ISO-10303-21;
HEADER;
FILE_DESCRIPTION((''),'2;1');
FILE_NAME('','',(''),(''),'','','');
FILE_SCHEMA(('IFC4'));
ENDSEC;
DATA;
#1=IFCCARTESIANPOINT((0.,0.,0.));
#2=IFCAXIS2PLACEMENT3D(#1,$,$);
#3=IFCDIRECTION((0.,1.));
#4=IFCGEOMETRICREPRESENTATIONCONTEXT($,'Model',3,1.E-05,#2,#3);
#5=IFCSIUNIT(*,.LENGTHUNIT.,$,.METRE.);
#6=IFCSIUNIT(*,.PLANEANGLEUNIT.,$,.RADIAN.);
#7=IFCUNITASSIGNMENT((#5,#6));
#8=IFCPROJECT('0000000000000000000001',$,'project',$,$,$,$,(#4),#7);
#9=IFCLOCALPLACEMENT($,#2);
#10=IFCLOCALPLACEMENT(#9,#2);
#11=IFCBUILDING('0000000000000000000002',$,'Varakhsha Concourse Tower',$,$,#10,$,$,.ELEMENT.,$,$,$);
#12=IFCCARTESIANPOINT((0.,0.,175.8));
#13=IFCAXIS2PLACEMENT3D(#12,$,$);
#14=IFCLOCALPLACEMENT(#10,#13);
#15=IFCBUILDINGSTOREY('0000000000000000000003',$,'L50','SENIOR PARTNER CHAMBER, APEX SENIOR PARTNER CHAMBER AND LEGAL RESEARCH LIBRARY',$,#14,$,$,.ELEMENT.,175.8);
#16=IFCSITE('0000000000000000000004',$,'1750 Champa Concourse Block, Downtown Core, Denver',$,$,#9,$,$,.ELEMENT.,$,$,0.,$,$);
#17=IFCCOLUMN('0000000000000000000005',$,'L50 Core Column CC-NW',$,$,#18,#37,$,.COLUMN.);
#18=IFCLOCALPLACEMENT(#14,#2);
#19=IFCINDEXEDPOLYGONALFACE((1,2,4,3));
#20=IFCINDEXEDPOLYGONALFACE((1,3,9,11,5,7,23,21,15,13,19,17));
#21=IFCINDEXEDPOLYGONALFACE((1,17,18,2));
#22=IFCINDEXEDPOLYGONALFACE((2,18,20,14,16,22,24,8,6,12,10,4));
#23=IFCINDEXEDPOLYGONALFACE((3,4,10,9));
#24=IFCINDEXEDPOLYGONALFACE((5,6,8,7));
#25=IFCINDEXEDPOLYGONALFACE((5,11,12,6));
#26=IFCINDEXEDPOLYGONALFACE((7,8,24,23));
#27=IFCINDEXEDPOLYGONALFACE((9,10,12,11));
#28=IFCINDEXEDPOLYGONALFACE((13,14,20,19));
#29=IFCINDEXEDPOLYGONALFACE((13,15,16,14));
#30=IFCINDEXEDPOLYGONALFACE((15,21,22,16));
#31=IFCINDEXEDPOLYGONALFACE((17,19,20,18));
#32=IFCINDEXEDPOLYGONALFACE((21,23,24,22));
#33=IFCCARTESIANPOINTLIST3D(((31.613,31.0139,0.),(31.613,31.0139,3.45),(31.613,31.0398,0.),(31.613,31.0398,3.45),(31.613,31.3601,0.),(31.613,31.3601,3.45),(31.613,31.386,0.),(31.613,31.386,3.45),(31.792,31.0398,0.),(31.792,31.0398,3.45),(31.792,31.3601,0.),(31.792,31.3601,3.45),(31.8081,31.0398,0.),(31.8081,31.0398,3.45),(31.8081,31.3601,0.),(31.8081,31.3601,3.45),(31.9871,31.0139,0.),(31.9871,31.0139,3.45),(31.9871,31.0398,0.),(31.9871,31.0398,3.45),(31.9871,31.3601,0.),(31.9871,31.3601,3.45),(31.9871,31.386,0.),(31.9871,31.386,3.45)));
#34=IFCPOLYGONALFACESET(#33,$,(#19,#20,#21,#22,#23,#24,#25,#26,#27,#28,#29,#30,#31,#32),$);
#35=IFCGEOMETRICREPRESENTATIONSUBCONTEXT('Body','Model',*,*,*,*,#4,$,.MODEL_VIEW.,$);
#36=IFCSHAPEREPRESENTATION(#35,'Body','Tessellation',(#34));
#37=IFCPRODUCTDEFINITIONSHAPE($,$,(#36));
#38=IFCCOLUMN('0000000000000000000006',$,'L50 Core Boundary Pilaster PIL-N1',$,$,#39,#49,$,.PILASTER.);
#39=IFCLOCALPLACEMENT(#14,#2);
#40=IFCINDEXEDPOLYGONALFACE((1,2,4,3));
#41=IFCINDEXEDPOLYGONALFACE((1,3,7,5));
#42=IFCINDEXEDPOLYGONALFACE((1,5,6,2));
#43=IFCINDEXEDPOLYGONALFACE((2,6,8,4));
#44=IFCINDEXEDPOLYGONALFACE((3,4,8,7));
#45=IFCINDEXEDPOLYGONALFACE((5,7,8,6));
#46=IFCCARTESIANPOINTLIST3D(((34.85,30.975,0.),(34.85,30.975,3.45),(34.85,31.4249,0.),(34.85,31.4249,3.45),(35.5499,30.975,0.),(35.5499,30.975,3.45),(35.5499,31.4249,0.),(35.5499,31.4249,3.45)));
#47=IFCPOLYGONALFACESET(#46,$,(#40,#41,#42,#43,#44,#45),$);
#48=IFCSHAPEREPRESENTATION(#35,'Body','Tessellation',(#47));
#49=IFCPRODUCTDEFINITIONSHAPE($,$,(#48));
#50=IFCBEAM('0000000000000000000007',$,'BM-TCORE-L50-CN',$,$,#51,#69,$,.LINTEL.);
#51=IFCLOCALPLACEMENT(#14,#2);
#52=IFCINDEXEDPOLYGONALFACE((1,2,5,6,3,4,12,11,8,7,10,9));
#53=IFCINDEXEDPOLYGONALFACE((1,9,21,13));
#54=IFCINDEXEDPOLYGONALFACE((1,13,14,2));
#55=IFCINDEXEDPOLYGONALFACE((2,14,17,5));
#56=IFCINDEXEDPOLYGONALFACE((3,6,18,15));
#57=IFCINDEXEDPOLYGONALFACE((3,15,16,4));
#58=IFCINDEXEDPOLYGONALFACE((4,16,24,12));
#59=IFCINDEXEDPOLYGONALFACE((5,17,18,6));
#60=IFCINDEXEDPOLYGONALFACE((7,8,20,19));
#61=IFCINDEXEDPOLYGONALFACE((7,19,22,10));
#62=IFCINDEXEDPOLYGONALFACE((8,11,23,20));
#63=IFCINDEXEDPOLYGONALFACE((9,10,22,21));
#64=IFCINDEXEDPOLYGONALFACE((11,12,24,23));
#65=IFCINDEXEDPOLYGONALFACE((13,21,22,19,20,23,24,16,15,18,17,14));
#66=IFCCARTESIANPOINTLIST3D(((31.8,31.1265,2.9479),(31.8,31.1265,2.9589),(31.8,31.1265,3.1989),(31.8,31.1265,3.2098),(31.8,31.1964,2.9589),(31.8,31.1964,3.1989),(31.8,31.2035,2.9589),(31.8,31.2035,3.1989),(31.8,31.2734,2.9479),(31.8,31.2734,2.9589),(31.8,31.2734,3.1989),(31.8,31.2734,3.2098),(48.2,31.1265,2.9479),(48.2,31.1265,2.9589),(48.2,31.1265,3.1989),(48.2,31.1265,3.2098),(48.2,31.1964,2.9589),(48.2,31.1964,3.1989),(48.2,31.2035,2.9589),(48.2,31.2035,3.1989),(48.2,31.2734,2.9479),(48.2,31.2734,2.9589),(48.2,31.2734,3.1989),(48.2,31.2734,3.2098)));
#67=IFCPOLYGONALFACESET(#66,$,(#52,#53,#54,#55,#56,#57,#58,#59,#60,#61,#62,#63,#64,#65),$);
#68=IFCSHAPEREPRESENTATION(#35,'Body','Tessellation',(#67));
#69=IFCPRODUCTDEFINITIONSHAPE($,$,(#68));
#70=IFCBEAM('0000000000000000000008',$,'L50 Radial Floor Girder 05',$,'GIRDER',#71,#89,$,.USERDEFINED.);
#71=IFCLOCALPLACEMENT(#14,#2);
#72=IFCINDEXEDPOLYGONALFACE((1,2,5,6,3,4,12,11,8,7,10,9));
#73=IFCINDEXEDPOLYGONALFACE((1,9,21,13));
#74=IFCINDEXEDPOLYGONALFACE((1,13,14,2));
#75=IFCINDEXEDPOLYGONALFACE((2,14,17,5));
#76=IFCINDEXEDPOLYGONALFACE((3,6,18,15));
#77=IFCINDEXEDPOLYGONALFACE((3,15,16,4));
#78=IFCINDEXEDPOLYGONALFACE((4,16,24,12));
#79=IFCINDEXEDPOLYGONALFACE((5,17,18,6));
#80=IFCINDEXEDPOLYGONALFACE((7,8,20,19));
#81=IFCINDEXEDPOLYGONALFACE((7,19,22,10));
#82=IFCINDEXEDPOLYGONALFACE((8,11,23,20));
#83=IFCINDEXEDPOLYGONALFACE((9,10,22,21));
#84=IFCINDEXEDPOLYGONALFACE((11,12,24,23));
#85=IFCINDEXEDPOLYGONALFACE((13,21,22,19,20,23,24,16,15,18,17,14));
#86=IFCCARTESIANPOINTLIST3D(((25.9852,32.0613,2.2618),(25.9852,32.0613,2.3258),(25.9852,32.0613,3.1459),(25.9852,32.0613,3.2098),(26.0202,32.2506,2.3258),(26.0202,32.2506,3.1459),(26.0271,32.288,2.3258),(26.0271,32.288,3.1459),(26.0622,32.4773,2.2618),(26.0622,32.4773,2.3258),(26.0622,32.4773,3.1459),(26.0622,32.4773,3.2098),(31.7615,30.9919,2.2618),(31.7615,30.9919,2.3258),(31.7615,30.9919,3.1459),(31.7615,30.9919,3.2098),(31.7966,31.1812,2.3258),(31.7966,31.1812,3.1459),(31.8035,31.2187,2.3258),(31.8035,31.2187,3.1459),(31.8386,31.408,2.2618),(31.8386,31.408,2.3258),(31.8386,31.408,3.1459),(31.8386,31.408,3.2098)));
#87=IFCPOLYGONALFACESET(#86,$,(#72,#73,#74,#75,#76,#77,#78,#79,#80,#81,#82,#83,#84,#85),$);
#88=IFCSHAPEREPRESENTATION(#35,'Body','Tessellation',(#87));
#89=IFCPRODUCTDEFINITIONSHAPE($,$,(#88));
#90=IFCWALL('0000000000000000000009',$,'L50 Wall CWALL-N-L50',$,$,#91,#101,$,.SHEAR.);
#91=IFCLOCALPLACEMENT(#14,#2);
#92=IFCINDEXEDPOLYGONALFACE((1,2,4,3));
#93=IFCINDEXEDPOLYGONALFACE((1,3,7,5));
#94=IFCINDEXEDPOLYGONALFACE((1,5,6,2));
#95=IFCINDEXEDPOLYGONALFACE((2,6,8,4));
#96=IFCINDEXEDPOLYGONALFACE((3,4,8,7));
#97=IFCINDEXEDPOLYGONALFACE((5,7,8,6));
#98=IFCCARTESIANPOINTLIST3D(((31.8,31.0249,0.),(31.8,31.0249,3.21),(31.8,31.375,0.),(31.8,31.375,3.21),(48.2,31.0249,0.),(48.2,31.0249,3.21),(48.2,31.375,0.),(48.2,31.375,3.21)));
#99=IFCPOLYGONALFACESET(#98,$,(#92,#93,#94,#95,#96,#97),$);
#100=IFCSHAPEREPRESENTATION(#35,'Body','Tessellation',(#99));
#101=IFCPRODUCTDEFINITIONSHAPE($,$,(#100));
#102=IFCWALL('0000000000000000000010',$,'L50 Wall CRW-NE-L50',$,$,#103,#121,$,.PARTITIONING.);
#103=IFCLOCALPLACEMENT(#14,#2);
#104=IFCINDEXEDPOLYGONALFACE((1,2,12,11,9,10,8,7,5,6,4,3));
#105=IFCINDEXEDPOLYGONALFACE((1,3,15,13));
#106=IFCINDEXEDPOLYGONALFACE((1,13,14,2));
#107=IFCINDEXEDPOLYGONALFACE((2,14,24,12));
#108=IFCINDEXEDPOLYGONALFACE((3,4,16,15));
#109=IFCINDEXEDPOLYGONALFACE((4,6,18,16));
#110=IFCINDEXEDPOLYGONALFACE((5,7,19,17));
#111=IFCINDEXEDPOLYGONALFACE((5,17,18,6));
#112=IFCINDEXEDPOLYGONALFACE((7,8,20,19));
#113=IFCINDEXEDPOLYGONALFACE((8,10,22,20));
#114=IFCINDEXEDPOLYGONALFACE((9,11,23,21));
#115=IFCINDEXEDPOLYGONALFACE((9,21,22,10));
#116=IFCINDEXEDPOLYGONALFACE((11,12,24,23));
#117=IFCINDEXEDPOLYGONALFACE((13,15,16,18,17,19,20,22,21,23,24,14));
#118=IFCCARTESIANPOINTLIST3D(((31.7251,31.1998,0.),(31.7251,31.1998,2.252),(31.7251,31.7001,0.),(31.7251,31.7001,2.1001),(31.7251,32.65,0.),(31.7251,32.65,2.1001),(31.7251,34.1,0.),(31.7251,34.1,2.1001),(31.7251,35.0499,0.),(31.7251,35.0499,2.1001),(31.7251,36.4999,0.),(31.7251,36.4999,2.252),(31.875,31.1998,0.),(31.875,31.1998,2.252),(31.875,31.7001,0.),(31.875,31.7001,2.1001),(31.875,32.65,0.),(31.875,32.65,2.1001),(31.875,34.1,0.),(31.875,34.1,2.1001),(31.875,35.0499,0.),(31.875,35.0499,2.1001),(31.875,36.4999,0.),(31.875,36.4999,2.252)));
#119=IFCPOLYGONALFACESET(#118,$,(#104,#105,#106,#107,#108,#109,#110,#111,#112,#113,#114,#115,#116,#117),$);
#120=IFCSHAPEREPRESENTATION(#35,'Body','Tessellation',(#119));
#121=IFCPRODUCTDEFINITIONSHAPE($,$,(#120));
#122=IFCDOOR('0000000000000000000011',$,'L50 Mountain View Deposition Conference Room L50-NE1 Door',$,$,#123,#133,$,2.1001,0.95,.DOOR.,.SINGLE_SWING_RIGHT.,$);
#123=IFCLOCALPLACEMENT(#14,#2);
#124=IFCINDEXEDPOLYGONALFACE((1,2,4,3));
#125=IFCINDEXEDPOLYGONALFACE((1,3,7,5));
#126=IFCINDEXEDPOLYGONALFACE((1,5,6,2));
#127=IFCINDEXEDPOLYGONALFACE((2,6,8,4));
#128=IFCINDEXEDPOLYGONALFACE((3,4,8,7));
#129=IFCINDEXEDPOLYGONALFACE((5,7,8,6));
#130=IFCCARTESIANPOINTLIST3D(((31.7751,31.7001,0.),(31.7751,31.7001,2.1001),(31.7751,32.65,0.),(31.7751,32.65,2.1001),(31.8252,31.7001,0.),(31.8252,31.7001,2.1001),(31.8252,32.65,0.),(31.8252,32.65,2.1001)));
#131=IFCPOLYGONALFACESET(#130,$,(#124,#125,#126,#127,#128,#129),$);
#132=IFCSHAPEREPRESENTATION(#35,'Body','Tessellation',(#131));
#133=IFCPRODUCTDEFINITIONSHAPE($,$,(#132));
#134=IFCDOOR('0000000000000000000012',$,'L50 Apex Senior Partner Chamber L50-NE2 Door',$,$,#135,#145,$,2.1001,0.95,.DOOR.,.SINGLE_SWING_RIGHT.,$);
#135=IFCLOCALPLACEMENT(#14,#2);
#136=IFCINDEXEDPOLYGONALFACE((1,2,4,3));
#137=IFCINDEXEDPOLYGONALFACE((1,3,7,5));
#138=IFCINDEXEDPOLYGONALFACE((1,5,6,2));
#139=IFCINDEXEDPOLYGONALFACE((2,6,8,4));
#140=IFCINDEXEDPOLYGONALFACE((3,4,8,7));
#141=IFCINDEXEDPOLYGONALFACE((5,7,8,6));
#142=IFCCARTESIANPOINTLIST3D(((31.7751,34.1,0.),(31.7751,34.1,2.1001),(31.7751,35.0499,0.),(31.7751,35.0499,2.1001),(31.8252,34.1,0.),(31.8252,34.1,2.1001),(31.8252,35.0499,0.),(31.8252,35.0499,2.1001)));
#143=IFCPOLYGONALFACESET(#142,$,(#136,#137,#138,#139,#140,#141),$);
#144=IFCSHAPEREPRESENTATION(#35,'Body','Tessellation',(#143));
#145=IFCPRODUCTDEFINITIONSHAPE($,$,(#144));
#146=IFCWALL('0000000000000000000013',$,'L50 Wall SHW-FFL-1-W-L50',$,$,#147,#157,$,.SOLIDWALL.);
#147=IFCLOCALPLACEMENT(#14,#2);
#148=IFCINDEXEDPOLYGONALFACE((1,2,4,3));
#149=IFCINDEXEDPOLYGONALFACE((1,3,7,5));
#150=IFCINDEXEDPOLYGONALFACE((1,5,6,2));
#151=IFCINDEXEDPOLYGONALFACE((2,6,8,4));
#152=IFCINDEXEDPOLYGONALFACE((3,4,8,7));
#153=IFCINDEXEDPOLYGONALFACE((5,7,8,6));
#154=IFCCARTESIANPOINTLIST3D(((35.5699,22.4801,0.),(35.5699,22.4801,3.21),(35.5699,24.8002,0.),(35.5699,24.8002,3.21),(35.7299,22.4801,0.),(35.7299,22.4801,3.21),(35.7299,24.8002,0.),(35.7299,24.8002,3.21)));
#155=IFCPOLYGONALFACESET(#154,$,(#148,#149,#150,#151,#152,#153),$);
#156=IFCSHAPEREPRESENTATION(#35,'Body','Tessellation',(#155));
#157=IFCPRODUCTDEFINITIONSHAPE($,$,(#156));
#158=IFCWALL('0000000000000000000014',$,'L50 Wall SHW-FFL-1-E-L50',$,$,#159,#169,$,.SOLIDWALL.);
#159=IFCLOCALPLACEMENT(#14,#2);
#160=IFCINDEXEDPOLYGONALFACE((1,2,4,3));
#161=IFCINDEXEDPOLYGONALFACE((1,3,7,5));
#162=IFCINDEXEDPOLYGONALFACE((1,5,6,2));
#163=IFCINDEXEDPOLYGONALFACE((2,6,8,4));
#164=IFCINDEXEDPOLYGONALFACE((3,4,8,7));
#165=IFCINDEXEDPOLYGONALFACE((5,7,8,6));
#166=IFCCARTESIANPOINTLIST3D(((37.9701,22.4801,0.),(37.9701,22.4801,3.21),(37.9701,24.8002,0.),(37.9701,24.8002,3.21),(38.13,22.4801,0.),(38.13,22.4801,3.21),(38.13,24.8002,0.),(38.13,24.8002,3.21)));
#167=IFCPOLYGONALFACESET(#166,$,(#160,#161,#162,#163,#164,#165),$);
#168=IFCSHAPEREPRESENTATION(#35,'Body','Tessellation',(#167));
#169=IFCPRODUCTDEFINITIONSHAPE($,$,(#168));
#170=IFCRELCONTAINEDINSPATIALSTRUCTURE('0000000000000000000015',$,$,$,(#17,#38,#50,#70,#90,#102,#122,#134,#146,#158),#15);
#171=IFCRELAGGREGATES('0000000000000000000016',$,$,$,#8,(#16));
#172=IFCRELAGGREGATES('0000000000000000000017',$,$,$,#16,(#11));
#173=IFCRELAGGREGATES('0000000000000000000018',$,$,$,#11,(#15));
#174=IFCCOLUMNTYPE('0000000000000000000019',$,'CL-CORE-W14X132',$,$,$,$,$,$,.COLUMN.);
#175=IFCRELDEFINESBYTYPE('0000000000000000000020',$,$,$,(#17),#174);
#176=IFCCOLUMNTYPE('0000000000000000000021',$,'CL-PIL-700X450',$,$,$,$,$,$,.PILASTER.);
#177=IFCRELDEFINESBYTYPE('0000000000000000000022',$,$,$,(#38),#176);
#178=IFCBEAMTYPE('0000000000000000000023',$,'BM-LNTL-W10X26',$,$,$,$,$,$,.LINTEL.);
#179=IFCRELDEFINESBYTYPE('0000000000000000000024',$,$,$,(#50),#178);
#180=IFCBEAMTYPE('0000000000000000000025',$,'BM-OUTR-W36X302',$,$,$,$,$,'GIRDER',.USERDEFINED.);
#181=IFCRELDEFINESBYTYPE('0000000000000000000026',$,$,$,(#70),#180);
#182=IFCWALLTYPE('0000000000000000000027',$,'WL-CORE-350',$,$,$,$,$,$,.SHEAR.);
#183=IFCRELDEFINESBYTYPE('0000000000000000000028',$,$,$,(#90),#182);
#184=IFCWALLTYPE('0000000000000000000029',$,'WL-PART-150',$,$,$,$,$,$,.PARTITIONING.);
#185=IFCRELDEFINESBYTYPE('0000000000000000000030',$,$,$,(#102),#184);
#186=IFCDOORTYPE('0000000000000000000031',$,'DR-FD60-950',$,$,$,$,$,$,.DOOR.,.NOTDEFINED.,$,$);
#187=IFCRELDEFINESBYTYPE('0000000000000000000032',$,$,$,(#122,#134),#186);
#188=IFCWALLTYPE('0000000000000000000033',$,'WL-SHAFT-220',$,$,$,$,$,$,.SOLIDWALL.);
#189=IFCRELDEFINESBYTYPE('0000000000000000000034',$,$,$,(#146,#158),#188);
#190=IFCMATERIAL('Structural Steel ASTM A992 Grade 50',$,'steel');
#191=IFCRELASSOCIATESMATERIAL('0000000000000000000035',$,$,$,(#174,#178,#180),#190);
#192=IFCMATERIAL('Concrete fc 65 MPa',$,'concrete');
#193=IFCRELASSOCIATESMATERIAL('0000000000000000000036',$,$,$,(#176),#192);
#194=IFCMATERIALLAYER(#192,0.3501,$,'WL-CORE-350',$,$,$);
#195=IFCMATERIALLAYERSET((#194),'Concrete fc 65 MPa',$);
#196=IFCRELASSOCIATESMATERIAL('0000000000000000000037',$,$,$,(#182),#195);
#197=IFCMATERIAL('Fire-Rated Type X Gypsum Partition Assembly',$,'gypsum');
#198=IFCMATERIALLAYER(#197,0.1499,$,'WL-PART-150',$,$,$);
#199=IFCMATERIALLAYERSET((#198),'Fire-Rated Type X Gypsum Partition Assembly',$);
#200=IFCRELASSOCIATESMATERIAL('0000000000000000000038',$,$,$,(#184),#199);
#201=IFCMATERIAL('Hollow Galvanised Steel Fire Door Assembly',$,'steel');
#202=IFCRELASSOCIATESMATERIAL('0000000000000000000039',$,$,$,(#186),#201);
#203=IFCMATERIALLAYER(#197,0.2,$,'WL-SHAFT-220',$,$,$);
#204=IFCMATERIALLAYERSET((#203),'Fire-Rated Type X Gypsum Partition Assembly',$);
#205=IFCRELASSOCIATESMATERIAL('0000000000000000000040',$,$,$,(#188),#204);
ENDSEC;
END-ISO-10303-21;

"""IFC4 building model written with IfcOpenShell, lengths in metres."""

from ifc_helpers import new_model, si_unit, direction, frame, frame_2d, origin, origin_2d, place, context, subcontext, project, spatial, rectangle, i_section, extrude, material, layer, layer_set, material_profile, profile_set, type_object, element, fill, save


model = new_model("IFC4")

# Units and contexts
model_context = context("Model", 3, precision=1e-05, world=origin(), true_north=direction((0.0, 1.0)))
body_context = subcontext(model_context, "Body", "Model", "MODEL_VIEW")
ifc_project = project(units=[si_unit("LENGTHUNIT", "METRE"), si_unit("PLANEANGLEUNIT", "RADIAN")], contexts=[model_context])

# Site, building, storey
site_placement = place(None, origin())
site = spatial("IfcSite", under=ifc_project, at=site_placement, Name="1750 Champa Concourse Block, Downtown Core, Denver", CompositionType="ELEMENT", RefElevation=0.0)
building_placement = place(site_placement, origin())
building = spatial("IfcBuilding", under=site, at=building_placement, Name="Varakhsha Concourse Tower", CompositionType="ELEMENT")
storey_placement = place(building_placement, frame((0.0, 0.0, 175.8)))
storey = spatial("IfcBuildingStorey", under=building, at=storey_placement, Name="L50", Description="SENIOR PARTNER CHAMBER, APEX SENIOR PARTNER CHAMBER AND LEGAL RESEARCH LIBRARY", CompositionType="ELEMENT", Elevation=175.8)

# Columns
ifc_material_1 = material(Name="Structural Steel ASTM A992 Grade 50", Category="steel")
ifc_material_profile_1 = material_profile(ifc_material_1, i_section(OverallWidth=0.374, OverallDepth=0.3721, WebThickness=0.0161, FlangeThickness=0.0259, at=origin_2d()), Name="W14X132")
ifc_profile_set_1 = profile_set([ifc_material_profile_1], Name="Structural Steel ASTM A992 Grade 50")
column_type_1 = type_object("IfcColumnType", Name="CL-CORE-W14X132", PredefinedType="COLUMN", material=ifc_profile_set_1)
column_1_placement = place(storey_placement, frame((31.8, 31.2, 0.0), z_axis=(0.0, 0.0, 1.0), x_axis=(1.0, 0.0, 0.0)))
element("IfcColumn", 1, at=column_1_placement, inside=storey, type_object=column_type_1, Name="L50 Core Column CC-NW", PredefinedType="COLUMN", context=body_context, shape_type="SweptSolid", body=[
    extrude(i_section(OverallWidth=0.374, OverallDepth=0.3721, WebThickness=0.0161, FlangeThickness=0.0259, at=origin_2d()), origin(), (0.0, 0.0, 1.0), 3.45),
])
ifc_material_2 = material(Name="Concrete fc 65 MPa", Category="concrete")
ifc_material_profile_2 = material_profile(ifc_material_2, rectangle(XDim=0.7, YDim=0.45, at=origin_2d()), Name="RC 700x450")
ifc_profile_set_2 = profile_set([ifc_material_profile_2], Name="Concrete fc 65 MPa")
column_type_2 = type_object("IfcColumnType", Name="CL-PIL-700X450", PredefinedType="PILASTER", material=ifc_profile_set_2)
column_2_placement = place(storey_placement, frame((35.2, 31.2, 0.0), z_axis=(0.0, 0.0, 1.0), x_axis=(1.0, 0.0, 0.0)))
element("IfcColumn", 2, at=column_2_placement, inside=storey, type_object=column_type_2, Name="L50 Core Boundary Pilaster PIL-N1", PredefinedType="PILASTER", context=body_context, shape_type="SweptSolid", body=[
    extrude(rectangle(XDim=0.7, YDim=0.45, at=origin_2d()), origin(), (0.0, 0.0, 1.0), 3.45),
])

# Beams
ifc_material_profile_3 = material_profile(ifc_material_1, i_section(OverallWidth=0.147, OverallDepth=0.262, WebThickness=0.0071, FlangeThickness=0.011, at=origin_2d()), Name="W10X26")
ifc_profile_set_3 = profile_set([ifc_material_profile_3], Name="Structural Steel ASTM A992 Grade 50")
beam_type_1 = type_object("IfcBeamType", Name="BM-LNTL-W10X26", PredefinedType="LINTEL", material=ifc_profile_set_3)
beam_1_placement = place(storey_placement, frame((31.8, 31.2, 3.0789), z_axis=(1.0, 0.0, 0.0), x_axis=(0.0, 1.0, 0.0)))
element("IfcBeam", 3, at=beam_1_placement, inside=storey, type_object=beam_type_1, Name="BM-TCORE-L50-CN", PredefinedType="LINTEL", context=body_context, shape_type="SweptSolid", body=[
    extrude(i_section(OverallWidth=0.147, OverallDepth=0.262, WebThickness=0.0071, FlangeThickness=0.011, at=origin_2d()), origin(), (0.0, 0.0, 1.0), 16.3999),
])
ifc_material_profile_4 = material_profile(ifc_material_1, i_section(OverallWidth=0.4231, OverallDepth=0.948, WebThickness=0.0381, FlangeThickness=0.064, at=origin_2d()), Name="W36X302")
ifc_profile_set_4 = profile_set([ifc_material_profile_4], Name="Structural Steel ASTM A992 Grade 50")
beam_type_2 = type_object("IfcBeamType", Name="BM-OUTR-W36X302", ElementType="GIRDER", PredefinedType="USERDEFINED", material=ifc_profile_set_4)
beam_2_placement = place(storey_placement, frame((31.8, 31.2, 2.7358), z_axis=(-0.983293, 0.18203, 0.0), x_axis=(-0.18203, -0.983293, 0.0)))
element("IfcBeam", 4, at=beam_2_placement, inside=storey, type_object=beam_type_2, Name="L50 Radial Floor Girder 05", ObjectType="GIRDER", PredefinedType="USERDEFINED", context=body_context, shape_type="SweptSolid", body=[
    extrude(i_section(OverallWidth=0.4231, OverallDepth=0.948, WebThickness=0.0381, FlangeThickness=0.064, at=origin_2d()), origin(), (0.0, 0.0, 1.0), 5.8745),
])

# Wall
ifc_layer_1 = layer(ifc_material_2, 0.3501, Name="WL-CORE-350")
ifc_layer_set_1 = layer_set([ifc_layer_1], Name="Concrete fc 65 MPa")
wall_type_1 = type_object("IfcWallType", Name="WL-CORE-350", PredefinedType="SHEAR", material=ifc_layer_set_1)
wall_1_placement = place(storey_placement, frame((31.8, 31.2, 0.0), z_axis=(0.0, 0.0, 1.0), x_axis=(1.0, 0.0, 0.0)))
element("IfcWall", 5, at=wall_1_placement, inside=storey, type_object=wall_type_1, Name="L50 Wall CWALL-N-L50", PredefinedType="SHEAR", context=body_context, shape_type="SweptSolid", body=[
    extrude(rectangle(XDim=16.3999, YDim=0.3501, at=frame_2d((8.2, 0.0))), origin(), (0.0, 0.0, 1.0), 3.21),
])

# Wall, openings, doors
ifc_material_3 = material(Name="Fire-Rated Type X Gypsum Partition Assembly", Category="gypsum")
ifc_layer_2 = layer(ifc_material_3, 0.1499, Name="WL-PART-150")
ifc_layer_set_2 = layer_set([ifc_layer_2], Name="Fire-Rated Type X Gypsum Partition Assembly")
wall_type_2 = type_object("IfcWallType", Name="WL-PART-150", PredefinedType="PARTITIONING", material=ifc_layer_set_2)
wall_2_placement = place(storey_placement, frame((31.8, 31.2, 0.0), z_axis=(0.0, 0.0, 1.0), x_axis=(0.0, 1.0, 0.0)))
wall_2 = element("IfcWall", 6, at=wall_2_placement, inside=storey, type_object=wall_type_2, Name="L50 Wall CRW-NE-L50", PredefinedType="PARTITIONING", context=body_context, shape_type="SweptSolid", body=[
    extrude(rectangle(XDim=5.3, YDim=0.1499, at=frame_2d((2.6499, 0.0))), origin(), (0.0, 0.0, 1.0), 2.252),
])
opening_1_placement = place(wall_2_placement, frame((0.5, 0.0, 0.0)))
opening_1 = element("IfcOpeningElement", 7, at=opening_1_placement, cuts=wall_2, PredefinedType="OPENING", context=body_context, shape_type="SweptSolid", body=[
    extrude(rectangle(XDim=0.95, YDim=2.1001, at=frame_2d((0.4751, 1.05))), frame((0.0, 0.085, 0.0), z_axis=(0.0, -1.0, 0.0), x_axis=(1.0, 0.0, 0.0)), (0.0, 0.0, 1.0), 0.1699),
])
opening_2_placement = place(wall_2_placement, frame((2.8999, 0.0, 0.0)))
opening_2 = element("IfcOpeningElement", 8, at=opening_2_placement, cuts=wall_2, PredefinedType="OPENING", context=body_context, shape_type="SweptSolid", body=[
    extrude(rectangle(XDim=0.95, YDim=2.1001, at=frame_2d((0.4751, 1.05))), frame((0.0, 0.085, 0.0), z_axis=(0.0, -1.0, 0.0), x_axis=(1.0, 0.0, 0.0)), (0.0, 0.0, 1.0), 0.1699),
])
ifc_material_4 = material(Name="Hollow Galvanised Steel Fire Door Assembly", Category="steel")
door_type_1 = type_object("IfcDoorType", Name="DR-FD60-950", OperationType="NOTDEFINED", PredefinedType="DOOR", material=ifc_material_4)
door_1_placement = place(opening_1_placement, origin())
door_1 = element("IfcDoor", 9, at=door_1_placement, inside=storey, type_object=door_type_1, Name="L50 Mountain View Deposition Conference Room L50-NE1 Door", OperationType="SINGLE_SWING_RIGHT", OverallHeight=2.1001, OverallWidth=0.95, PredefinedType="DOOR", context=body_context, shape_type="SweptSolid", body=[
    extrude(rectangle(XDim=0.95, YDim=2.1001, at=frame_2d((0.4751, 1.05))), frame((0.0, 0.0249, 0.0), z_axis=(0.0, -1.0, 0.0), x_axis=(1.0, 0.0, 0.0)), (0.0, 0.0, 1.0), 0.05),
])
fill(opening_1, door_1)
door_2_placement = place(opening_2_placement, origin())
door_2 = element("IfcDoor", 10, at=door_2_placement, inside=storey, type_object=door_type_1, Name="L50 Apex Senior Partner Chamber L50-NE2 Door", OperationType="SINGLE_SWING_RIGHT", OverallHeight=2.1001, OverallWidth=0.95, PredefinedType="DOOR", context=body_context, shape_type="SweptSolid", body=[
    extrude(rectangle(XDim=0.95, YDim=2.1001, at=frame_2d((0.4751, 1.05))), frame((0.0, 0.0249, 0.0), z_axis=(0.0, -1.0, 0.0), x_axis=(1.0, 0.0, 0.0)), (0.0, 0.0, 1.0), 0.05),
])
fill(opening_2, door_2)
ifc_layer_3 = layer(ifc_material_3, 0.2, Name="WL-SHAFT-220")
ifc_layer_set_3 = layer_set([ifc_layer_3], Name="Fire-Rated Type X Gypsum Partition Assembly")
wall_type_3 = type_object("IfcWallType", Name="WL-SHAFT-220", PredefinedType="SOLIDWALL", material=ifc_layer_set_3)

# Walls
for number, where, z_axis, x_axis, name in (
    (11, (35.6499, 22.48, 0.0), (0.0, 0.0, 1.0), (0.0, 1.0, 0.0), "L50 Wall SHW-FFL-1-W-L50"),
    (12, (38.05, 22.48, 0.0), (0.0, 0.0, 1.0), (0.0, 1.0, 0.0), "L50 Wall SHW-FFL-1-E-L50"),
):
    element("IfcWall", number, at=place(storey_placement, frame(where, z_axis=z_axis, x_axis=x_axis)), inside=storey, type_object=wall_type_3, Name=name, PredefinedType="SOLIDWALL", context=body_context, shape_type="SweptSolid", body=[
        extrude(rectangle(XDim=2.3201, YDim=0.1599, at=frame_2d((1.1602, 0.0))), origin(), (0.0, 0.0, 1.0), 3.21),
    ])

save(model, "model.ifc")
